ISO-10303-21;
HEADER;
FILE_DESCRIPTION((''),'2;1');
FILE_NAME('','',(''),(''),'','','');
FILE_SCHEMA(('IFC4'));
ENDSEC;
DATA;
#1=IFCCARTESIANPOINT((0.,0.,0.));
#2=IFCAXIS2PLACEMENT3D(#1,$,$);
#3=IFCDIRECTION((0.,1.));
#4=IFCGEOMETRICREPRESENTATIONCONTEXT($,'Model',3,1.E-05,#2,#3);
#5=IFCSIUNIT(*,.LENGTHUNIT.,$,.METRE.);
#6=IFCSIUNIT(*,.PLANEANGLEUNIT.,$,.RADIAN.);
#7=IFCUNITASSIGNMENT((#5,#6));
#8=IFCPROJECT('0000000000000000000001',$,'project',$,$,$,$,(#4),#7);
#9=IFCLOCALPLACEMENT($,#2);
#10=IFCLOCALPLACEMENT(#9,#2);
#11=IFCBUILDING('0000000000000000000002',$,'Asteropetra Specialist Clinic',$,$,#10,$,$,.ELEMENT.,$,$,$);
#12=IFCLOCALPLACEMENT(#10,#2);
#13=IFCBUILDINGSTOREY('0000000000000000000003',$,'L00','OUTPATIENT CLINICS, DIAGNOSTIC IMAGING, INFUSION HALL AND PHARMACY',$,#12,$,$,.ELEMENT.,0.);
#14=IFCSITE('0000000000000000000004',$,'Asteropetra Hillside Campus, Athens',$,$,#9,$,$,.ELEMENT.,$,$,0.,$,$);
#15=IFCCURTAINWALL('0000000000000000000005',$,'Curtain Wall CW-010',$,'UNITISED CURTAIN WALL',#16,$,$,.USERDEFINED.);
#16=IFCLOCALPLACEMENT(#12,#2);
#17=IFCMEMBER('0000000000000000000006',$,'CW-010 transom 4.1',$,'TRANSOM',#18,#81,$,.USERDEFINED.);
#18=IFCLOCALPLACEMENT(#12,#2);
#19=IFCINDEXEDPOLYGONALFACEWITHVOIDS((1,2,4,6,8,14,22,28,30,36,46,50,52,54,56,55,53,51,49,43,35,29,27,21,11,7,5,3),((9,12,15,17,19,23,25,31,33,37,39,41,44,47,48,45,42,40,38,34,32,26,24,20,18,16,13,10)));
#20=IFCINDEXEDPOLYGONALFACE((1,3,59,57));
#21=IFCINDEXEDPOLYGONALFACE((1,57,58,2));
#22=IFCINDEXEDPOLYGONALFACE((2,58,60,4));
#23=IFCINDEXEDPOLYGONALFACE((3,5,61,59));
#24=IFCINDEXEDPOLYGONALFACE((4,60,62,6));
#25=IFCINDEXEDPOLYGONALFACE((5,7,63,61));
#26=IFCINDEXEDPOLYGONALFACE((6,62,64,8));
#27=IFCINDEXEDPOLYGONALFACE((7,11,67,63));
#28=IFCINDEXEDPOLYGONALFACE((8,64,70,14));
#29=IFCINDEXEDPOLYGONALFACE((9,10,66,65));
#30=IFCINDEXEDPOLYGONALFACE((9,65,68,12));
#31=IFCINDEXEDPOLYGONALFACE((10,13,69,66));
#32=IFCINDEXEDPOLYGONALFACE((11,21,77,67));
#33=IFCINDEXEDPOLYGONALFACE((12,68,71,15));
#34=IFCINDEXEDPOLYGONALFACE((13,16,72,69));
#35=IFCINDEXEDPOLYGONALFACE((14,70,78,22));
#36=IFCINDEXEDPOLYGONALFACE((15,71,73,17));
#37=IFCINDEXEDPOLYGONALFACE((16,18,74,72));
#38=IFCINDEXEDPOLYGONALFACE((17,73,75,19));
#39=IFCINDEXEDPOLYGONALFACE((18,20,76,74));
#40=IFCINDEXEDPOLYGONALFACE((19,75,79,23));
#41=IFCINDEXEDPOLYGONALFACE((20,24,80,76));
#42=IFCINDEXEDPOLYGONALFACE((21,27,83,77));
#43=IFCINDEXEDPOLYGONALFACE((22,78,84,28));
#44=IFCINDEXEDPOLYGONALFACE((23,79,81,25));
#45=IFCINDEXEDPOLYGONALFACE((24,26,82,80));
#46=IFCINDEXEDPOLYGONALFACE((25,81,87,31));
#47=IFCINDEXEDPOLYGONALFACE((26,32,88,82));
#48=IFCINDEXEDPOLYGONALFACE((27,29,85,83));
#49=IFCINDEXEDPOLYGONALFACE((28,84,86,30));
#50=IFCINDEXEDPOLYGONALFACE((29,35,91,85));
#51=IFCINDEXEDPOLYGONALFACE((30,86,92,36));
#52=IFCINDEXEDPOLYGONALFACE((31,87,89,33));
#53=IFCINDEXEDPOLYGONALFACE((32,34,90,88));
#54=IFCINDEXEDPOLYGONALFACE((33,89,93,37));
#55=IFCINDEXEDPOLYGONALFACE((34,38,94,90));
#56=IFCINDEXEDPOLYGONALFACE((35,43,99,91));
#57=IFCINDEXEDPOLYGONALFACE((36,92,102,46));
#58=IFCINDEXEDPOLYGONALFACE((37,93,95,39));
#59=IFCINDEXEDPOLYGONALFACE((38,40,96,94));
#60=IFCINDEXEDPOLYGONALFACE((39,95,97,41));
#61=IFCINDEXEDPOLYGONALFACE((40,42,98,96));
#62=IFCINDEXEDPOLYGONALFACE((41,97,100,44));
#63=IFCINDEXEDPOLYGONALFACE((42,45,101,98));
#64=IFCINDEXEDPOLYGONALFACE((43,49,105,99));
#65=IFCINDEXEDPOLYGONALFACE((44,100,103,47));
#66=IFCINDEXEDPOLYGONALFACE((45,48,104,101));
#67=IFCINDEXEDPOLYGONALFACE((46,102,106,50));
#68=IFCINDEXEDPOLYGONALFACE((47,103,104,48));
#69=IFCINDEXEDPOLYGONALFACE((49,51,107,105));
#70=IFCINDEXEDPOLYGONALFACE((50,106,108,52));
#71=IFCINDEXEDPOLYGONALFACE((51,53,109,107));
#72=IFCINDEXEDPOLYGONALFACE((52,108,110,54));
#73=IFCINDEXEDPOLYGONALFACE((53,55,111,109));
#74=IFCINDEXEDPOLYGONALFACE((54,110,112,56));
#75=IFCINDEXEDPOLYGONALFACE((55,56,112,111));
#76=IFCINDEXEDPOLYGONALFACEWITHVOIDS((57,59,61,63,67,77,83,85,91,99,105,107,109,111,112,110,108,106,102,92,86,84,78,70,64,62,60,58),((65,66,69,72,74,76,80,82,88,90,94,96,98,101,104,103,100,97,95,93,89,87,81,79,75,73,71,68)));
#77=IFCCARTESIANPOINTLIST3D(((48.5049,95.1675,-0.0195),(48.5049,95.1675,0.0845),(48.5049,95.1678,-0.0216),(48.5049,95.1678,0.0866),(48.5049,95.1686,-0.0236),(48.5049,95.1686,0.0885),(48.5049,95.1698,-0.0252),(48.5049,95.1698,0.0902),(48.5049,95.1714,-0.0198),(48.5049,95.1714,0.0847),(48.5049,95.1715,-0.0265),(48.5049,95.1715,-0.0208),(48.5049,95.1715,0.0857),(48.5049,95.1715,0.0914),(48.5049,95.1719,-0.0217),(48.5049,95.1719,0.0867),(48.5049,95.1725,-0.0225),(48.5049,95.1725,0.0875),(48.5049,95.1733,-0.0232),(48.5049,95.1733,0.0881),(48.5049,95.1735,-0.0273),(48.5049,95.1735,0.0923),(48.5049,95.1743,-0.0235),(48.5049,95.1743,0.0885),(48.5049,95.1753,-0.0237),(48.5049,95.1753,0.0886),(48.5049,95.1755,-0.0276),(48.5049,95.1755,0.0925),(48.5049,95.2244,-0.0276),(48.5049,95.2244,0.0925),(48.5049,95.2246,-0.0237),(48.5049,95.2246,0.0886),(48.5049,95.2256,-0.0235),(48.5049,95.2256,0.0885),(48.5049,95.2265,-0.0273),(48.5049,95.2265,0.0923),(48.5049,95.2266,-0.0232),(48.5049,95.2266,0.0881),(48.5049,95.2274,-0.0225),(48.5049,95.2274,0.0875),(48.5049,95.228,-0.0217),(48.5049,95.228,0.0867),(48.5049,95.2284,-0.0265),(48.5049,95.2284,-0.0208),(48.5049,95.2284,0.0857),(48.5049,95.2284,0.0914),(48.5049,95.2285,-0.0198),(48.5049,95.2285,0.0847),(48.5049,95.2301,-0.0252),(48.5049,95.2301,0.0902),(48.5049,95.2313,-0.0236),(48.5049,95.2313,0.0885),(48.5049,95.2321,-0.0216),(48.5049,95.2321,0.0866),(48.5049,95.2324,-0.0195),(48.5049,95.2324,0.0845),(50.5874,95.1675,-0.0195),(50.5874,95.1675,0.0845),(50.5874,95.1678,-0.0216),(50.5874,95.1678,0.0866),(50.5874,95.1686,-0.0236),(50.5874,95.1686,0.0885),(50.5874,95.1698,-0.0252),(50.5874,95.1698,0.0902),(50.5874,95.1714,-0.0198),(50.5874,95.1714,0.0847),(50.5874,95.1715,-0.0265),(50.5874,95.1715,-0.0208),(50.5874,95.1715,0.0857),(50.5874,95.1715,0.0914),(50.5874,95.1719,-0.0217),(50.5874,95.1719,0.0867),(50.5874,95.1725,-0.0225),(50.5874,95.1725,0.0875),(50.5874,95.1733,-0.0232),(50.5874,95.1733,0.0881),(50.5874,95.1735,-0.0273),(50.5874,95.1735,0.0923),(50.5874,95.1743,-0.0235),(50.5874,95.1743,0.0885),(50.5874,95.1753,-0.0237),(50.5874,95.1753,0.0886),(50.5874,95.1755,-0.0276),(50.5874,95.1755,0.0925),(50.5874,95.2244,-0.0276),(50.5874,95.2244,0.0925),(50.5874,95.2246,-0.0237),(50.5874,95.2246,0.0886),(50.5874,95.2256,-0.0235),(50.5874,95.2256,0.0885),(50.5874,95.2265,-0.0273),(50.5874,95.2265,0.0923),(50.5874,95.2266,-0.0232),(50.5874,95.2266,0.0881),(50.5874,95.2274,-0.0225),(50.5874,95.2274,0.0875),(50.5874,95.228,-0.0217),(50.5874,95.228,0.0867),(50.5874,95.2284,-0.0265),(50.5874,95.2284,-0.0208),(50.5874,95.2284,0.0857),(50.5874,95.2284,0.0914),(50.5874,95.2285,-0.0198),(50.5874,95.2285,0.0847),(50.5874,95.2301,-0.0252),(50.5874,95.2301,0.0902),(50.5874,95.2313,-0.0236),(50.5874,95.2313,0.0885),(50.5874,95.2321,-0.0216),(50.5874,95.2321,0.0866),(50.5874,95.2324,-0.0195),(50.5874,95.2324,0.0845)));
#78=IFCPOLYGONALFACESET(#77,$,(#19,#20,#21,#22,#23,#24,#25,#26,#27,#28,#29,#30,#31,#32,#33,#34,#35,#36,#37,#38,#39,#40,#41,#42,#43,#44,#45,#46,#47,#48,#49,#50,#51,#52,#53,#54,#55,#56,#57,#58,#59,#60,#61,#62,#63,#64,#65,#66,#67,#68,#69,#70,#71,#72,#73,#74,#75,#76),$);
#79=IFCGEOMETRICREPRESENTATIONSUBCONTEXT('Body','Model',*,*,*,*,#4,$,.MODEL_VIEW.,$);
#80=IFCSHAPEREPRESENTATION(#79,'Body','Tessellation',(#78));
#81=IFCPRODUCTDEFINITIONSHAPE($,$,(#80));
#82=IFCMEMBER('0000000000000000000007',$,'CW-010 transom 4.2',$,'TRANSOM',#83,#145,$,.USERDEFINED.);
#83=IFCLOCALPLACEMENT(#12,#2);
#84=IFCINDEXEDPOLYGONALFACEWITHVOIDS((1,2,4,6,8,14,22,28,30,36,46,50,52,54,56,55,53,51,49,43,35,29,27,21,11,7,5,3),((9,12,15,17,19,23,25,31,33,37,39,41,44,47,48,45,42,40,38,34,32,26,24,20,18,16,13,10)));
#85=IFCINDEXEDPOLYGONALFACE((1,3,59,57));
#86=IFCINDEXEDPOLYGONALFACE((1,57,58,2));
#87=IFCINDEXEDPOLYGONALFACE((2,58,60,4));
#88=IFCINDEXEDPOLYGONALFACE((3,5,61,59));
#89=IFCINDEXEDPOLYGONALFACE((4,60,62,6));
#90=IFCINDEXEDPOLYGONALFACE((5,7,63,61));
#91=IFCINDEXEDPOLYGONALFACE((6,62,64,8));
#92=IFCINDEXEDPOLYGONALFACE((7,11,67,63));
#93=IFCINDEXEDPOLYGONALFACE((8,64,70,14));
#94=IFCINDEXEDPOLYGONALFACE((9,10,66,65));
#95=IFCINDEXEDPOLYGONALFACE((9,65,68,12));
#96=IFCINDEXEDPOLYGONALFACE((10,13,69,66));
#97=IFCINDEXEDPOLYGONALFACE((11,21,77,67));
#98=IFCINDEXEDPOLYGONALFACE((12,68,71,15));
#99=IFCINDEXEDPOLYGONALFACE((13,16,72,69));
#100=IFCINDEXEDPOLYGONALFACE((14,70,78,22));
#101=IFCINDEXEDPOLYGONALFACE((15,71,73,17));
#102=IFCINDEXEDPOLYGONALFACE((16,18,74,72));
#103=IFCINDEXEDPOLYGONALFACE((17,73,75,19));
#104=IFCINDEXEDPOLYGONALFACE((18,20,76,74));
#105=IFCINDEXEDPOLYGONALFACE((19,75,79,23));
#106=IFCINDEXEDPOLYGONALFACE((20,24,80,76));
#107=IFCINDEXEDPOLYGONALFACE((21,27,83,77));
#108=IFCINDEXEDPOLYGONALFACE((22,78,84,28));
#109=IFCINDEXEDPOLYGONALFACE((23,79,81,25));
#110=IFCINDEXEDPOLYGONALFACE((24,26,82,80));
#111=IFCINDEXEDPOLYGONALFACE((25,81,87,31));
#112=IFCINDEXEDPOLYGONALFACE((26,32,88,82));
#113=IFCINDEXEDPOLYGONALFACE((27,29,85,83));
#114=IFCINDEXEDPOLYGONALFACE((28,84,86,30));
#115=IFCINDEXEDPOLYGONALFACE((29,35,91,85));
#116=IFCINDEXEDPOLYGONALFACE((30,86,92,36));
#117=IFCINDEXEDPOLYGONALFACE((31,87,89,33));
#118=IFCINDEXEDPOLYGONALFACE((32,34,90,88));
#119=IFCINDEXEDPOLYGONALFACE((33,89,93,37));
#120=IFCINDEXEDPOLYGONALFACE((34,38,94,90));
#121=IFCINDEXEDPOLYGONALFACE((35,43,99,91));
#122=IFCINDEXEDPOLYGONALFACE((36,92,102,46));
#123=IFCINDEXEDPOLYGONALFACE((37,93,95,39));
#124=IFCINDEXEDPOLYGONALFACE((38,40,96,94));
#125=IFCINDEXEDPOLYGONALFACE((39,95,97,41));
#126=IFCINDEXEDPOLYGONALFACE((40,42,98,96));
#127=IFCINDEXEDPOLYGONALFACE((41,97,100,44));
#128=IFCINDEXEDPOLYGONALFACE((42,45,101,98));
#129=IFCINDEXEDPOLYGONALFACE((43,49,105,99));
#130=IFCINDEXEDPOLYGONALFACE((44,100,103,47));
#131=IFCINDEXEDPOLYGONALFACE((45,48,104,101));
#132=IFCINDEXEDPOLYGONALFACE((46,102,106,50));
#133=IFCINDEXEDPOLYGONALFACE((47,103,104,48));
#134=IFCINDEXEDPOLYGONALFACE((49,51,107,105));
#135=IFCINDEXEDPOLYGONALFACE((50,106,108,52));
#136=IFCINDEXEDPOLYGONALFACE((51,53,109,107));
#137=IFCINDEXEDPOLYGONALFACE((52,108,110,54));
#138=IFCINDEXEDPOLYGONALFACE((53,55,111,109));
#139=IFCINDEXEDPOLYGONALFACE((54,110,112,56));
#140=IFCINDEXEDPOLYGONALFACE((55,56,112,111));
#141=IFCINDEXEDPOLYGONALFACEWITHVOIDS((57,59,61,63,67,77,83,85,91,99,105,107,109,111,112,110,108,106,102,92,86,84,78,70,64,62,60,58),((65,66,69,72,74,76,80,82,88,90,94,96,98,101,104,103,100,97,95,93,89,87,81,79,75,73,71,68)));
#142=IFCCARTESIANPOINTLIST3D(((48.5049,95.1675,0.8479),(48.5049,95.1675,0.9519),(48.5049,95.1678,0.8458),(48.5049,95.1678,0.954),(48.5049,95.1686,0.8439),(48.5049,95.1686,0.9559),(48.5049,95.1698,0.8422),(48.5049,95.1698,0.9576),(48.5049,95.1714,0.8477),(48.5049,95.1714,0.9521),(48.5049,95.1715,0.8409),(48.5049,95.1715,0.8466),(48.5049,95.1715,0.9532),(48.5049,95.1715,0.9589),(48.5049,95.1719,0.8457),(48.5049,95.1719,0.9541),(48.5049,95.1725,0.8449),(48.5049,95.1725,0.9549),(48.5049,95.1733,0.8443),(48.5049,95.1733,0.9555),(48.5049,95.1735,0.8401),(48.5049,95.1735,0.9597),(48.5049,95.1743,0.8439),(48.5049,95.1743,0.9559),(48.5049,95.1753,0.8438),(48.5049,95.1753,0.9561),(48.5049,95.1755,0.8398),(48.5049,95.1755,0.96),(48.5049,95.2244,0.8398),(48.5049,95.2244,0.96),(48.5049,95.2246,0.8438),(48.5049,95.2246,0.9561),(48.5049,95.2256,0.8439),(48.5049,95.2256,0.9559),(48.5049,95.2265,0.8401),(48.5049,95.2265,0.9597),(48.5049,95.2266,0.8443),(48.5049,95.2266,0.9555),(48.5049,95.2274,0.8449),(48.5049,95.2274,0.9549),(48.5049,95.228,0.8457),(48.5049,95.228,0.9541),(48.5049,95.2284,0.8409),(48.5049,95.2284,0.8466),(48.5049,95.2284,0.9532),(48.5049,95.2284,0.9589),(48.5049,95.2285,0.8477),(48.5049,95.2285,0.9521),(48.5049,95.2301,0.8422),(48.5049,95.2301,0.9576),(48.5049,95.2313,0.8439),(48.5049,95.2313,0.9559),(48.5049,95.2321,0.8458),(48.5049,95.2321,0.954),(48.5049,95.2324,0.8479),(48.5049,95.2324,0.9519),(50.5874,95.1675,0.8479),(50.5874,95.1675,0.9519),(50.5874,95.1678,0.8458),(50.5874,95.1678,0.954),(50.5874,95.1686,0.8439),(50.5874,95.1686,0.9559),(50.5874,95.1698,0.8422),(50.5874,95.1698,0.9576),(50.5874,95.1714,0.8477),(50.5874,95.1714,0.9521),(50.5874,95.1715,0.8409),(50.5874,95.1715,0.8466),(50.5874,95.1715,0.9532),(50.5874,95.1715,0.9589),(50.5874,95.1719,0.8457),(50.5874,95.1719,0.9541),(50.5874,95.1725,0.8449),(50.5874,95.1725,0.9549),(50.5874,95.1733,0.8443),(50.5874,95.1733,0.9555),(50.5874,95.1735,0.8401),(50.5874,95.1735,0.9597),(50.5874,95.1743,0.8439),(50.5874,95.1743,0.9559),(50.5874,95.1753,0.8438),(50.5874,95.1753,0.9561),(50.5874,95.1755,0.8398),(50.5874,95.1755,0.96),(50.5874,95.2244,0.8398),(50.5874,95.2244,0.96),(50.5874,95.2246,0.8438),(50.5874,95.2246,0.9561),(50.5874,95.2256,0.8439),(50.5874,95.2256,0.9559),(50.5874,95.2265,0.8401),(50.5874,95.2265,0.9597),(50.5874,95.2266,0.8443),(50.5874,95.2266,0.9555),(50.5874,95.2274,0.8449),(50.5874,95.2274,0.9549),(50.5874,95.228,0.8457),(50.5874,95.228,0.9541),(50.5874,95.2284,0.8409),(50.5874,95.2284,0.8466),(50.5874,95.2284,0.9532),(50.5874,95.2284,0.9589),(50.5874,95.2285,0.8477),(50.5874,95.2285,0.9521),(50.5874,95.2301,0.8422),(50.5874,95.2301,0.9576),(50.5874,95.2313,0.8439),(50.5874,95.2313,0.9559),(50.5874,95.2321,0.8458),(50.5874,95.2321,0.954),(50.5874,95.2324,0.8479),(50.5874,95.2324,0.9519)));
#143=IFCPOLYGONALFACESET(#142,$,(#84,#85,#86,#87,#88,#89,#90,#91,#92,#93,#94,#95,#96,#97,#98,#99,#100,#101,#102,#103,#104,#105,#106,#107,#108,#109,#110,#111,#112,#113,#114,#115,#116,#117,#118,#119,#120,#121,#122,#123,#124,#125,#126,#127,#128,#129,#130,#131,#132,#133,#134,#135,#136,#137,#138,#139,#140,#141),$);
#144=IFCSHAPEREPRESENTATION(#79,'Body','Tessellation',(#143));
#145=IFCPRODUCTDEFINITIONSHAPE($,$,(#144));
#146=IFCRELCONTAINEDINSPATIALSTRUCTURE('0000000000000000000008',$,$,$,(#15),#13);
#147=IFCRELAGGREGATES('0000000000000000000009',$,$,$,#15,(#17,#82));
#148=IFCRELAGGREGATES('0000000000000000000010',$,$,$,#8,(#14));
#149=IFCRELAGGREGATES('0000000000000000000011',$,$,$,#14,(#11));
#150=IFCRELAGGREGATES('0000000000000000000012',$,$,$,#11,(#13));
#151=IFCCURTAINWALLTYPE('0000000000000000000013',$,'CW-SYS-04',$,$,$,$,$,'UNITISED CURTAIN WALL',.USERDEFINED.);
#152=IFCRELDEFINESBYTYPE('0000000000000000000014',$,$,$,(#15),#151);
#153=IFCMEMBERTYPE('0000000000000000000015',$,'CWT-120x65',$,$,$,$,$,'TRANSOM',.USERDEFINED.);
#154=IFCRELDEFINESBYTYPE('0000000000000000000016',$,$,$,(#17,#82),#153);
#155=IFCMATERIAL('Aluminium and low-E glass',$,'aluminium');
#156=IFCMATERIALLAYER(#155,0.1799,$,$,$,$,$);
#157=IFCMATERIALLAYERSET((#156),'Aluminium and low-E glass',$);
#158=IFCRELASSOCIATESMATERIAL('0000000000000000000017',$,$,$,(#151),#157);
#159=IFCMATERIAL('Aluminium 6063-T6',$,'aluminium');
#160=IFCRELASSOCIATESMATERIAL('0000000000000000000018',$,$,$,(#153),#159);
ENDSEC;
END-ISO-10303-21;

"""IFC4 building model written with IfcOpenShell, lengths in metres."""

from ifc_helpers import new_model, si_unit, direction, frame, origin, origin_2d, place, context, subcontext, project, spatial, hollow_rectangle, extrude, material, layer, layer_set, material_profile, profile_set, type_object, element, aggregate, save


model = new_model("IFC4")

# Units and contexts
model_context = context("Model", 3, precision=1e-05, world=origin(), true_north=direction((0.0, 1.0)))
body_context = subcontext(model_context, "Body", "Model", "MODEL_VIEW")
ifc_project = project(units=[si_unit("LENGTHUNIT", "METRE"), si_unit("PLANEANGLEUNIT", "RADIAN")], contexts=[model_context])

# Site, building, storey
site_placement = place(None, origin())
site = spatial("IfcSite", under=ifc_project, at=site_placement, Name="Asteropetra Hillside Campus, Athens", CompositionType="ELEMENT", RefElevation=0.0)
building_placement = place(site_placement, origin())
building = spatial("IfcBuilding", under=site, at=building_placement, Name="Asteropetra Specialist Clinic", CompositionType="ELEMENT")
storey_placement = place(building_placement, origin())
storey = spatial("IfcBuildingStorey", under=building, at=storey_placement, Name="L00", Description="OUTPATIENT CLINICS, DIAGNOSTIC IMAGING, INFUSION HALL AND PHARMACY", CompositionType="ELEMENT", Elevation=0.0)

# Curtain wall, members
ifc_material_1 = material(Name="Aluminium and low-E glass", Category="aluminium")
ifc_layer_1 = layer(ifc_material_1, 0.1799)
ifc_layer_set_1 = layer_set([ifc_layer_1], Name="Aluminium and low-E glass")
curtain_wall_type = type_object("IfcCurtainWallType", Name="CW-SYS-04", ElementType="UNITISED CURTAIN WALL", PredefinedType="USERDEFINED", material=ifc_layer_set_1)
curtain_wall_placement = place(storey_placement, origin())
curtain_wall = element("IfcCurtainWall", 1, at=curtain_wall_placement, inside=storey, type_object=curtain_wall_type, Name="Curtain Wall CW-010", ObjectType="UNITISED CURTAIN WALL", PredefinedType="USERDEFINED")
ifc_material_2 = material(Name="Aluminium 6063-T6", Category="aluminium")
ifc_material_profile_1 = material_profile(ifc_material_2, hollow_rectangle(XDim=0.0649, YDim=0.1201, WallThickness=0.0039, InnerFilletRadius=0.0039, OuterFilletRadius=0.0081, at=origin_2d()), Name="TRN 120x65x4.0")
ifc_profile_set_1 = profile_set([ifc_material_profile_1], Name="Aluminium 6063-T6")
member_type_1 = type_object("IfcMemberType", Name="CWT-120x65", ElementType="TRANSOM", PredefinedType="USERDEFINED", material=ifc_profile_set_1)
member_1_placement = place(storey_placement, frame((50.5874, 95.2, 0.0325), z_axis=(-1.0, 0.0, 0.0), x_axis=(0.0, -1.0, 0.0)))
member_1 = element("IfcMember", 2, at=member_1_placement, type_object=member_type_1, Name="CW-010 transom 4.1", ObjectType="TRANSOM", PredefinedType="USERDEFINED", context=body_context, shape_type="SweptSolid", body=[
    extrude(hollow_rectangle(XDim=0.0649, YDim=0.1201, WallThickness=0.0039, InnerFilletRadius=0.0039, OuterFilletRadius=0.0081, at=origin_2d()), origin(), (0.0, 0.0, 1.0), 2.0825),
])
member_2_placement = place(storey_placement, frame((50.5874, 95.2, 0.8999), z_axis=(-1.0, 0.0, 0.0), x_axis=(0.0, -1.0, 0.0)))
member_2 = element("IfcMember", 3, at=member_2_placement, type_object=member_type_1, Name="CW-010 transom 4.2", ObjectType="TRANSOM", PredefinedType="USERDEFINED", context=body_context, shape_type="SweptSolid", body=[
    extrude(hollow_rectangle(XDim=0.0649, YDim=0.1201, WallThickness=0.0039, InnerFilletRadius=0.0039, OuterFilletRadius=0.0081, at=origin_2d()), origin(), (0.0, 0.0, 1.0), 2.0825),
])
aggregate(curtain_wall, [member_1, member_2])

save(model, "model.ifc")
